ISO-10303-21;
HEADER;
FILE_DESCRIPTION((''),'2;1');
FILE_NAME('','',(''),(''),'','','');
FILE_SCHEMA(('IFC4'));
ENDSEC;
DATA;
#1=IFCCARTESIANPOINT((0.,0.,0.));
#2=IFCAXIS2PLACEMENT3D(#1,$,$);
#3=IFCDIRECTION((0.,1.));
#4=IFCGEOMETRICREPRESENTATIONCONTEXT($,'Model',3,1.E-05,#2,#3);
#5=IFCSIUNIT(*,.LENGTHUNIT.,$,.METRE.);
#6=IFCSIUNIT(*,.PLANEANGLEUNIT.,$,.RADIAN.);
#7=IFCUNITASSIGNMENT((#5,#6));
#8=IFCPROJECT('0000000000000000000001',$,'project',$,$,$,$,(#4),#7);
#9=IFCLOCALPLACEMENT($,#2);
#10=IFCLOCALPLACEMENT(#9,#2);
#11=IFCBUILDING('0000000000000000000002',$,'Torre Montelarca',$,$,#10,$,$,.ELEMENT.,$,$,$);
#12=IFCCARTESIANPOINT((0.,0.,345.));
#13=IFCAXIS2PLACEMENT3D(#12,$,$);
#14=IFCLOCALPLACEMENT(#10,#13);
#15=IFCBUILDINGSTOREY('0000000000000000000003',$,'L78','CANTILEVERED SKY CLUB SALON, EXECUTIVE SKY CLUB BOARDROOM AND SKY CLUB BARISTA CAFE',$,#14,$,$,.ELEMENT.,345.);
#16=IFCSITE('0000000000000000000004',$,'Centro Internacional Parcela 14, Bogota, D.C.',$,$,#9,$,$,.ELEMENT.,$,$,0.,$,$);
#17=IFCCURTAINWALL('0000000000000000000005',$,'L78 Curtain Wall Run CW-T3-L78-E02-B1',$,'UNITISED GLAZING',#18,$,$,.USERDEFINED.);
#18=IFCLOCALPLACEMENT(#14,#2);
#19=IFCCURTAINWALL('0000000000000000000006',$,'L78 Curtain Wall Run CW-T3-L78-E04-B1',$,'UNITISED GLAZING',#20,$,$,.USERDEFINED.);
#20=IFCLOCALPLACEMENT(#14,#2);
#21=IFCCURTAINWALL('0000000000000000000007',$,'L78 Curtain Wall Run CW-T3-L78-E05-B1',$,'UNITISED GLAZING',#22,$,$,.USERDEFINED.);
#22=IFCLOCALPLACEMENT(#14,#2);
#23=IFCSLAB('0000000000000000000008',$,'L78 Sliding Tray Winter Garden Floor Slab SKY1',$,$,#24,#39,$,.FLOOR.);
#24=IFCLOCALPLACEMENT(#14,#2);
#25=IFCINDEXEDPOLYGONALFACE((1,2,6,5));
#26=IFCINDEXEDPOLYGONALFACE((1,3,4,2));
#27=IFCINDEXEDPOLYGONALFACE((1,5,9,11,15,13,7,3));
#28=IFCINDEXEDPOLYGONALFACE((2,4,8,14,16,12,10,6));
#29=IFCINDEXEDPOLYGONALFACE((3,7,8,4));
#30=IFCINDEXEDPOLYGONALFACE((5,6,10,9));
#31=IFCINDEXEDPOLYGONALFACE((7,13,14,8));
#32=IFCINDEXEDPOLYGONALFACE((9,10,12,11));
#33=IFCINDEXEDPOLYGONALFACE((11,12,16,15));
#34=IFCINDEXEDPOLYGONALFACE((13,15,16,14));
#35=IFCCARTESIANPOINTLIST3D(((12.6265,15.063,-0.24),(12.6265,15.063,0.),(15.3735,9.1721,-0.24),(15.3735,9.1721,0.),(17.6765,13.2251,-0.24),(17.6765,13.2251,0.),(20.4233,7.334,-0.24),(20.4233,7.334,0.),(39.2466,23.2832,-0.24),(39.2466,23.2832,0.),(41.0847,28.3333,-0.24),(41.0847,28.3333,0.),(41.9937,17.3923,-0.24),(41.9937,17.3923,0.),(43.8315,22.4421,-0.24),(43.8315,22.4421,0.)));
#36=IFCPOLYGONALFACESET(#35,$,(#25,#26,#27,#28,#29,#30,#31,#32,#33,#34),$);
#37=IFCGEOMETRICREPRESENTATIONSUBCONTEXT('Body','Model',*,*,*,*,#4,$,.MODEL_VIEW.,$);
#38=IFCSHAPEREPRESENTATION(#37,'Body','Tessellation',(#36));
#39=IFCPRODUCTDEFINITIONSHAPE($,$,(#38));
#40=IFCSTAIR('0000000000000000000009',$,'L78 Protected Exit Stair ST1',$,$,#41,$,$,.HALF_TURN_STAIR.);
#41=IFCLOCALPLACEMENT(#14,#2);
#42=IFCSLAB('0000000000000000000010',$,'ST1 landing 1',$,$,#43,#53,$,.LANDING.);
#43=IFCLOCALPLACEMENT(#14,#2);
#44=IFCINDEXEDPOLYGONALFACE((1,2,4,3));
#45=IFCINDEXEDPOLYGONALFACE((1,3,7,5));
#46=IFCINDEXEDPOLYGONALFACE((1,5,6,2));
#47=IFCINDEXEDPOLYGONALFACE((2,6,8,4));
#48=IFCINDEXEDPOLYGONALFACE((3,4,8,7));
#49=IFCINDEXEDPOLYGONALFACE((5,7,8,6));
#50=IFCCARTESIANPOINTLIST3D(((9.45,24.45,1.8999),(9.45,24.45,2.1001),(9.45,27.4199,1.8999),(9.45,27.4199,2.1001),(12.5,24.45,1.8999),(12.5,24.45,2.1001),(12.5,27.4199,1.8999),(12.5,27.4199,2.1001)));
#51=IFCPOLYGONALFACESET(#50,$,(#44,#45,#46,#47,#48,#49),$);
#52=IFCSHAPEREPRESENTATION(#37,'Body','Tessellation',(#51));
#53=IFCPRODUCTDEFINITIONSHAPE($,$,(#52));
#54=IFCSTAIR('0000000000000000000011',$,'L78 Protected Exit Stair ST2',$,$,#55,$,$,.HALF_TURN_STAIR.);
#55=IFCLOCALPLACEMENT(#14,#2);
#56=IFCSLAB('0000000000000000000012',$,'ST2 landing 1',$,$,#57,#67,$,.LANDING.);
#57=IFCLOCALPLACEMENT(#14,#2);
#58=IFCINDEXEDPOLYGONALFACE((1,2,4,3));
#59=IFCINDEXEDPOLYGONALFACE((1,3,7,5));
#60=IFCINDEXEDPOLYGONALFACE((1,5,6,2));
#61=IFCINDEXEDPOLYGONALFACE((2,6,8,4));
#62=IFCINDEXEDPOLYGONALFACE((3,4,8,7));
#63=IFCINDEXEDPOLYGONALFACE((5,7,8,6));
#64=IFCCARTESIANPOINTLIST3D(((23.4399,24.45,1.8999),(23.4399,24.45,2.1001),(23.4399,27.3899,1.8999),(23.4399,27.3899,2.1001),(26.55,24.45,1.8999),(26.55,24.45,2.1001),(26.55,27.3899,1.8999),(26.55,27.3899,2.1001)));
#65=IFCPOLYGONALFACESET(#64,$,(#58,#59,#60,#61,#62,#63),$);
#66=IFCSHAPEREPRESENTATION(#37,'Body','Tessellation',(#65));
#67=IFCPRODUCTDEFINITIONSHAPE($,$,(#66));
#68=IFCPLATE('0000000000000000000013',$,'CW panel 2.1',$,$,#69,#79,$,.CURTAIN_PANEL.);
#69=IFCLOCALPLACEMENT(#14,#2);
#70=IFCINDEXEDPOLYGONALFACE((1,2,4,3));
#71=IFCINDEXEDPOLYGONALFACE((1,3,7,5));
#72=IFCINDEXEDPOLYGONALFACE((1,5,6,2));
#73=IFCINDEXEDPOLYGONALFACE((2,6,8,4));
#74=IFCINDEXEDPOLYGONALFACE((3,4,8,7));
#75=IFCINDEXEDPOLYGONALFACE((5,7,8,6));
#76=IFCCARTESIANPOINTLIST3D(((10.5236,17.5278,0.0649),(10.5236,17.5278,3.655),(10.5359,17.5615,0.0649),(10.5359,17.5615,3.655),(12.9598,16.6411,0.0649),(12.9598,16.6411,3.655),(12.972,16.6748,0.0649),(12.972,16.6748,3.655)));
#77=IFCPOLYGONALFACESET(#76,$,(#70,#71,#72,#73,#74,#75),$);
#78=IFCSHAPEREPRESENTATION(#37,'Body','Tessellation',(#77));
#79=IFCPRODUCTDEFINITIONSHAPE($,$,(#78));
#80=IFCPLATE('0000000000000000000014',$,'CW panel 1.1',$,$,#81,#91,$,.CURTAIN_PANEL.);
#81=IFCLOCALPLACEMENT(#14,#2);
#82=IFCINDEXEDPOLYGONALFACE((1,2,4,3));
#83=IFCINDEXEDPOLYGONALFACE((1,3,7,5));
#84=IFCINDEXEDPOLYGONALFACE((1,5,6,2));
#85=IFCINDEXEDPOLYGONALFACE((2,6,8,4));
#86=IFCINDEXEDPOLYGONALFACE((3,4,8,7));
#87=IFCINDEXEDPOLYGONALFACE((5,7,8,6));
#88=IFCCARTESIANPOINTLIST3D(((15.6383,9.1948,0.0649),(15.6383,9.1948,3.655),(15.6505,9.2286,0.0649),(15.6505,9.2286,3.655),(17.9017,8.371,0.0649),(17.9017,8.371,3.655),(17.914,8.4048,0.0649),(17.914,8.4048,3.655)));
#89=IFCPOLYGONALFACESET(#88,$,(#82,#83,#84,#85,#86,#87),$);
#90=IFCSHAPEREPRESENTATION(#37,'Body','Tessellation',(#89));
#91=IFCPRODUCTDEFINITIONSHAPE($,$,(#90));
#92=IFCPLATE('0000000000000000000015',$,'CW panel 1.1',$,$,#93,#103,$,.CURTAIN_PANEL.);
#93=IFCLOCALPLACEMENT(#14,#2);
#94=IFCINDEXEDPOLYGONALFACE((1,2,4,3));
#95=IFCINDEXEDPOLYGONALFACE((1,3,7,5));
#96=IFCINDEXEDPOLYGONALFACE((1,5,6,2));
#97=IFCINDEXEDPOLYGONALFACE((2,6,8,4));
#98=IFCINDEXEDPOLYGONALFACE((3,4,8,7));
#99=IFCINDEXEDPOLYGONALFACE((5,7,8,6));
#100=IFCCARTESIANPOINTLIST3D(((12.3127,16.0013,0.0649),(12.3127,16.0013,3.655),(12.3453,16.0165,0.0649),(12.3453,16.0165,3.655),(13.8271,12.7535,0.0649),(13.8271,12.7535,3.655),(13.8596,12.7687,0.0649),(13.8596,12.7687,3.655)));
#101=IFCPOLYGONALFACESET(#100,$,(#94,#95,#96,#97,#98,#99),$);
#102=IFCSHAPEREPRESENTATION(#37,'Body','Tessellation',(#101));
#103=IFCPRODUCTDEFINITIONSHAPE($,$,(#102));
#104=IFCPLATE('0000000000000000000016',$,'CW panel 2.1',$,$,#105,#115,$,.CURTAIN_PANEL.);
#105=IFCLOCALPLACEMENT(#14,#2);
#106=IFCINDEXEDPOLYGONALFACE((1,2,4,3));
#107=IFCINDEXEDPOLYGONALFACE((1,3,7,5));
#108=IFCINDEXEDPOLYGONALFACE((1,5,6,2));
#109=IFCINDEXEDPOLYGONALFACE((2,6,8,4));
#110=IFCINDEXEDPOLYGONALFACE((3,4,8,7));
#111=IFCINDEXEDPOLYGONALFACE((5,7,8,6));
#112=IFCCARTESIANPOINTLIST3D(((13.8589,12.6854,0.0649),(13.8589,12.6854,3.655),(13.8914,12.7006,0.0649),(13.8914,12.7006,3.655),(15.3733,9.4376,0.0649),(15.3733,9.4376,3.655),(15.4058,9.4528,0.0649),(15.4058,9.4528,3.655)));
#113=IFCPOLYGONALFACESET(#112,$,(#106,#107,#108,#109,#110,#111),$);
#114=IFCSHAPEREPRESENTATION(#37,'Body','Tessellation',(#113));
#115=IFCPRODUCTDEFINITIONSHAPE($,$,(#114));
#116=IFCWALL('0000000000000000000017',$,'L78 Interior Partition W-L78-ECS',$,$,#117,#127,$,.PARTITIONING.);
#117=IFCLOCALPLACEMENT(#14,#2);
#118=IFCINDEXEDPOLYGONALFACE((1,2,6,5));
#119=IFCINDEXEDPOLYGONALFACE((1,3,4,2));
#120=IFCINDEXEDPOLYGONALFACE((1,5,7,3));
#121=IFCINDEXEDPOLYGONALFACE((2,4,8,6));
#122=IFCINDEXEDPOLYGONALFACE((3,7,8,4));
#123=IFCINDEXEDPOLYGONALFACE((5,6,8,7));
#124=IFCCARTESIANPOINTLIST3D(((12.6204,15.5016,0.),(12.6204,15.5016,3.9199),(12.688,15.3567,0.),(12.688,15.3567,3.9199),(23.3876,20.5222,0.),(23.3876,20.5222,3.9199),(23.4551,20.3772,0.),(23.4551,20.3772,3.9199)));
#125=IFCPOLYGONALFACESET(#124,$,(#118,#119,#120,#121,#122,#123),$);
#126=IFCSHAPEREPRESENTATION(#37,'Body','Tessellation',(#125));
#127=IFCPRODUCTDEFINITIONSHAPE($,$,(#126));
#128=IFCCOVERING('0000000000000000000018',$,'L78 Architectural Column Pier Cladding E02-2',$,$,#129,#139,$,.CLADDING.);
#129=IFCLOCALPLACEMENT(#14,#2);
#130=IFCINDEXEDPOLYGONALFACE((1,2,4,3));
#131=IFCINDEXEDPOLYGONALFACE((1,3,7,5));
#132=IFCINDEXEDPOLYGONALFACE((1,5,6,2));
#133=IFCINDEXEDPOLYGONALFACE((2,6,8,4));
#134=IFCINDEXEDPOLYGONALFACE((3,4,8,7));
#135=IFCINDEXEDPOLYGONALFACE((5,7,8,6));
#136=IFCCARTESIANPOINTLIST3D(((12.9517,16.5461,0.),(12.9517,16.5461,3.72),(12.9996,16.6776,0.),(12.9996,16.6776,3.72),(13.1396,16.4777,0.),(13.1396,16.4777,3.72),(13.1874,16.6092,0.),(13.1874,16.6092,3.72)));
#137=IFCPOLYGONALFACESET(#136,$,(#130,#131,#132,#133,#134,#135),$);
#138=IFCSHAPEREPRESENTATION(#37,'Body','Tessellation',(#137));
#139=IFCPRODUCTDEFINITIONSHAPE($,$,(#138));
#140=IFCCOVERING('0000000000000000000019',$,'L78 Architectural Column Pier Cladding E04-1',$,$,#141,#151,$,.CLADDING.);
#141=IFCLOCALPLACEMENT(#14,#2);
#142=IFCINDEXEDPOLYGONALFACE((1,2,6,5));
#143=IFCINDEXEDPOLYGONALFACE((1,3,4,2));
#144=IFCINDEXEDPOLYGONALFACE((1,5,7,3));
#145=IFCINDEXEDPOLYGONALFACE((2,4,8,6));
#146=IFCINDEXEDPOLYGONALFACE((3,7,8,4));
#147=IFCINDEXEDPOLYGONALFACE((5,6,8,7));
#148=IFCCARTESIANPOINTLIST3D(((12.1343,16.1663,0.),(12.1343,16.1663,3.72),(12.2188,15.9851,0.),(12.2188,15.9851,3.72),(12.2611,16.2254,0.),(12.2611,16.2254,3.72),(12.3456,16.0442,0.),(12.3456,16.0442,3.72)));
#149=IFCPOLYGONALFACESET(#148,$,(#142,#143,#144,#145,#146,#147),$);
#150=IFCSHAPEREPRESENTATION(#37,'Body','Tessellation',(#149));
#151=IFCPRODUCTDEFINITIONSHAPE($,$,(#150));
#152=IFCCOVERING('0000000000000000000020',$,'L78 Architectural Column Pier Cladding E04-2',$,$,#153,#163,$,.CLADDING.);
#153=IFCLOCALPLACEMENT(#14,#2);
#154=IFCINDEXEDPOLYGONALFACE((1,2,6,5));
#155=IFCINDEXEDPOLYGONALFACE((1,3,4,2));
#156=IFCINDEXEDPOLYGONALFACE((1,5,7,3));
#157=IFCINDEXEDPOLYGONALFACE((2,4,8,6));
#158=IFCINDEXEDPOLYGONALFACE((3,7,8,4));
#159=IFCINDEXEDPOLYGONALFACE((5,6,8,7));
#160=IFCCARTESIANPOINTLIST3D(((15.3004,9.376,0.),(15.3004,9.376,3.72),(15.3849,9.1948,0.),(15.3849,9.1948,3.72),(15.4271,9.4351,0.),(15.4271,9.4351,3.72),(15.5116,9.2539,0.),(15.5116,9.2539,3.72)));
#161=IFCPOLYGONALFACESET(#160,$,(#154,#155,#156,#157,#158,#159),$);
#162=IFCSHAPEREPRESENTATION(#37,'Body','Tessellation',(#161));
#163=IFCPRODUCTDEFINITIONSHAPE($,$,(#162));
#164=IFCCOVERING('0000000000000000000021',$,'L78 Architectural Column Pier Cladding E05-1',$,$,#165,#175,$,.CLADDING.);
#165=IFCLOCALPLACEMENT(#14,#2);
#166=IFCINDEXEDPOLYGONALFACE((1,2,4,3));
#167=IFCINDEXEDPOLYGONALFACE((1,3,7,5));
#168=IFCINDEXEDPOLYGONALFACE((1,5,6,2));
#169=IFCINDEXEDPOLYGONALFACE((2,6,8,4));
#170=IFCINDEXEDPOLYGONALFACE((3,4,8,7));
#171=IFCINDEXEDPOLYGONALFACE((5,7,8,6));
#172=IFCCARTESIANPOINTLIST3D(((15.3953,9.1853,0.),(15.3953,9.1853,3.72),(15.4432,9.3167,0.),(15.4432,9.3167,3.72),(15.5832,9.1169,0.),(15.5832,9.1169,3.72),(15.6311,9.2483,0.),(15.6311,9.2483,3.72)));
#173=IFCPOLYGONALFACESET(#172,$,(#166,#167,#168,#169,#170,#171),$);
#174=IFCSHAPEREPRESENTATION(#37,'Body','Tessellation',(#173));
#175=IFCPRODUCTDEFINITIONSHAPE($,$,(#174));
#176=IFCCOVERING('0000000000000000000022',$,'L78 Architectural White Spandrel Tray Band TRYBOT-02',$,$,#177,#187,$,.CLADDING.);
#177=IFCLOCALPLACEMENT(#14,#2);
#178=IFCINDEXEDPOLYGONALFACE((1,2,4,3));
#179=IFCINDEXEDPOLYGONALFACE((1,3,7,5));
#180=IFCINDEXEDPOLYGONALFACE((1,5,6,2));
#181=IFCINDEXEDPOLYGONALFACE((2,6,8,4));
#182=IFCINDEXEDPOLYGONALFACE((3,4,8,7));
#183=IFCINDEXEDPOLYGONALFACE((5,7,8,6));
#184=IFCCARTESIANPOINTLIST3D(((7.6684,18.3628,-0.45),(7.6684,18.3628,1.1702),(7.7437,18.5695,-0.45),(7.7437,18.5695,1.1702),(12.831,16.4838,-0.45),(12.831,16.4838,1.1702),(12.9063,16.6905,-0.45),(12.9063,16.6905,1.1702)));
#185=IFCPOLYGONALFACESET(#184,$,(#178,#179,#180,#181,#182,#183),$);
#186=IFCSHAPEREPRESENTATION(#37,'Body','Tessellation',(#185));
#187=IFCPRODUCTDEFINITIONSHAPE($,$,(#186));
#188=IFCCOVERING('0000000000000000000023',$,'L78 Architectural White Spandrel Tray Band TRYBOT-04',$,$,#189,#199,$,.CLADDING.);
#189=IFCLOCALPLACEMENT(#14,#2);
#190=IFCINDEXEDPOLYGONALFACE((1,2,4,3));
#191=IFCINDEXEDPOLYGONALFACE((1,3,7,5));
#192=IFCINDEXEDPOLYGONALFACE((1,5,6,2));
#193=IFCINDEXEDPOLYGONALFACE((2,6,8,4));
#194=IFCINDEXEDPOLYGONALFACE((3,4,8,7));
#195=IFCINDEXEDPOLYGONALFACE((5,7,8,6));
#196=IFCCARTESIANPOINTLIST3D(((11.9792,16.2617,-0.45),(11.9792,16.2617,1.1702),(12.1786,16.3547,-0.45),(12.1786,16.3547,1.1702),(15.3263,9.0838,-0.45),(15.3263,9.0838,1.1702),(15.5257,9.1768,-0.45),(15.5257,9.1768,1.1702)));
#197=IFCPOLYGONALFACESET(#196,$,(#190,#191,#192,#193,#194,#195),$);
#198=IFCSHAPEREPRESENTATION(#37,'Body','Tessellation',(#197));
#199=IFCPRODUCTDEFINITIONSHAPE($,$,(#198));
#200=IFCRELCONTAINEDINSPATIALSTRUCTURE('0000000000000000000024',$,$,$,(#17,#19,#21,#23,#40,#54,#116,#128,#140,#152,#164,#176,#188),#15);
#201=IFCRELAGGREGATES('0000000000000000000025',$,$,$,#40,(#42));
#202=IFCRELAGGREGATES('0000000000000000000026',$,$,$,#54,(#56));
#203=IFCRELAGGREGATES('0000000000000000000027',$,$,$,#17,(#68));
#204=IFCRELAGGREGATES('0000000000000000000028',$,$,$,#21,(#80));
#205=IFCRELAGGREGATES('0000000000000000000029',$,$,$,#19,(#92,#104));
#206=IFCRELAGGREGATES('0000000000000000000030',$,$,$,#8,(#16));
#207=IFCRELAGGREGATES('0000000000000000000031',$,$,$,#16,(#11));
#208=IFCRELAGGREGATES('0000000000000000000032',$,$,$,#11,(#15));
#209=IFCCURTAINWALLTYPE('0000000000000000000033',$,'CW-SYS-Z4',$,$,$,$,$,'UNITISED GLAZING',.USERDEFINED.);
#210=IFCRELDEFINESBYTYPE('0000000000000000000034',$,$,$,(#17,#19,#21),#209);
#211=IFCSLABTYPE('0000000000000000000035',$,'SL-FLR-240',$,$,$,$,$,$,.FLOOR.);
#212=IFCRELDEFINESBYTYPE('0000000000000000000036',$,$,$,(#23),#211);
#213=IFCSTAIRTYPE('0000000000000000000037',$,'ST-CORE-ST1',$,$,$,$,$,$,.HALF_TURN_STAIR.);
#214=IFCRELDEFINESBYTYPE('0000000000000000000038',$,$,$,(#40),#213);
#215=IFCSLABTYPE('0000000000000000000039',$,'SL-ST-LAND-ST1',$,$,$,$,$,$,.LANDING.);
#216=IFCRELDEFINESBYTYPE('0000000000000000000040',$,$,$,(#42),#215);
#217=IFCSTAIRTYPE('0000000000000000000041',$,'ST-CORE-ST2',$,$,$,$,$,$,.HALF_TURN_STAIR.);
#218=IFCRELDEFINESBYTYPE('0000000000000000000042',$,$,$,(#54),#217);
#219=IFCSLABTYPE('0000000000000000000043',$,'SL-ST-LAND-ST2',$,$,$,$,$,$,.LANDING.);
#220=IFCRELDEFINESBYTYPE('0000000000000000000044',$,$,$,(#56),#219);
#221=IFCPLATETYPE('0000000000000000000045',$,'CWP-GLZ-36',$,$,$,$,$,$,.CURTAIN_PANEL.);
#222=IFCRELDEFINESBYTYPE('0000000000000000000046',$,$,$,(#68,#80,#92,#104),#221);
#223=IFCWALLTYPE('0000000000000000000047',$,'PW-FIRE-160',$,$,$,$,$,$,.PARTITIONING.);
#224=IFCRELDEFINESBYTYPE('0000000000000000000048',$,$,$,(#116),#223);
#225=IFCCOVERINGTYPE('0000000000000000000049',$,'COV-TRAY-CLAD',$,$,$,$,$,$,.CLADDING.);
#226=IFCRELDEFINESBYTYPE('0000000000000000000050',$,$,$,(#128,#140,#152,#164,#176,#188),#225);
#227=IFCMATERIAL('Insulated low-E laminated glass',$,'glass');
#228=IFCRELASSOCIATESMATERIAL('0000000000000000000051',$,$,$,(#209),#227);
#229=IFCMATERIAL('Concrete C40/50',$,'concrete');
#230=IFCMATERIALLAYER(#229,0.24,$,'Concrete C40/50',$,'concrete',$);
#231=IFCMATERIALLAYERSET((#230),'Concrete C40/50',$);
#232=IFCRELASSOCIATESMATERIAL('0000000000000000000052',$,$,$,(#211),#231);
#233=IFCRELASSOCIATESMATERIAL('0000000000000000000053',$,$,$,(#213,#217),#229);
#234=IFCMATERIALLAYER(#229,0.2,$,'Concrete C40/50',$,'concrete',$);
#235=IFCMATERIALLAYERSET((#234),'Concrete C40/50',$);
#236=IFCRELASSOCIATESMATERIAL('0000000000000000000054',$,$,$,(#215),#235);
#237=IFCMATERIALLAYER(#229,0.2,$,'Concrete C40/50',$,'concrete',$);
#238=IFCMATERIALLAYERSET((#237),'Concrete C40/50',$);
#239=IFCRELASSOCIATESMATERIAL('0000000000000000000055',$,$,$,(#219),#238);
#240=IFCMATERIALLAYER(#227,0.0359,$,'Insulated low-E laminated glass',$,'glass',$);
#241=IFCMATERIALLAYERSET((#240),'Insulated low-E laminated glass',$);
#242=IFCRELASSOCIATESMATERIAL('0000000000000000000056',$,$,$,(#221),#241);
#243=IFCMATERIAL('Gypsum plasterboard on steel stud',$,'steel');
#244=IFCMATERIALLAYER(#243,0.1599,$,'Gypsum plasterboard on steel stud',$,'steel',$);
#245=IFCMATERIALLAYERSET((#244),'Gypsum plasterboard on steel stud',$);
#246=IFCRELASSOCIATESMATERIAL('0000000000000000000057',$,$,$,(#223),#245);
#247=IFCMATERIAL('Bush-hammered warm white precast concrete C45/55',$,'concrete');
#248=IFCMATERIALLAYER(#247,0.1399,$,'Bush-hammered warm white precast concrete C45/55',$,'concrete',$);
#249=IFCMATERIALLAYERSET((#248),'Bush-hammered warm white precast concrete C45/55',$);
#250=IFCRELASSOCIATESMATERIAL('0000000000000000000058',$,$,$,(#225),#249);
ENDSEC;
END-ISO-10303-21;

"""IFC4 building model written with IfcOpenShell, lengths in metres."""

from ifc_helpers import new_model, si_unit, direction, frame, frame_2d, origin, origin_2d, place, context, subcontext, project, spatial, polyline, rectangle, outline, extrude, source, transform, mapped, material, layer, layer_set, type_object, element, aggregate, save


model = new_model("IFC4")

# Units and contexts
model_context = context("Model", 3, precision=1e-05, world=origin(), true_north=direction((0.0, 1.0)))
body_context = subcontext(model_context, "Body", "Model", "MODEL_VIEW")
ifc_project = project(units=[si_unit("LENGTHUNIT", "METRE"), si_unit("PLANEANGLEUNIT", "RADIAN")], contexts=[model_context])

# Site, building, storey
site_placement = place(None, origin())
site = spatial("IfcSite", under=ifc_project, at=site_placement, Name="Centro Internacional Parcela 14, Bogota, D.C.", CompositionType="ELEMENT", RefElevation=0.0)
building_placement = place(site_placement, origin())
building = spatial("IfcBuilding", under=site, at=building_placement, Name="Torre Montelarca", CompositionType="ELEMENT")
storey_placement = place(building_placement, frame((0.0, 0.0, 345.0)))
storey = spatial("IfcBuildingStorey", under=building, at=storey_placement, Name="L78", Description="CANTILEVERED SKY CLUB SALON, EXECUTIVE SKY CLUB BOARDROOM AND SKY CLUB BARISTA CAFE", CompositionType="ELEMENT", Elevation=345.0)

# Curtain walls
ifc_material_1 = material(Name="Insulated low-E laminated glass", Category="glass")
curtain_wall_type = type_object("IfcCurtainWallType", Name="CW-SYS-Z4", ElementType="UNITISED GLAZING", PredefinedType="USERDEFINED", material=ifc_material_1)
curtain_wall_1_placement = place(storey_placement, origin())
curtain_wall_1 = element("IfcCurtainWall", 1, at=curtain_wall_1_placement, inside=storey, type_object=curtain_wall_type, Name="L78 Curtain Wall Run CW-T3-L78-E02-B1", ObjectType="UNITISED GLAZING", PredefinedType="USERDEFINED")
curtain_wall_2_placement = place(storey_placement, origin())
curtain_wall_2 = element("IfcCurtainWall", 2, at=curtain_wall_2_placement, inside=storey, type_object=curtain_wall_type, Name="L78 Curtain Wall Run CW-T3-L78-E04-B1", ObjectType="UNITISED GLAZING", PredefinedType="USERDEFINED")

# Curtain wall
curtain_wall_3_placement = place(storey_placement, origin())
curtain_wall_3 = element("IfcCurtainWall", 3, at=curtain_wall_3_placement, inside=storey, type_object=curtain_wall_type, Name="L78 Curtain Wall Run CW-T3-L78-E05-B1", ObjectType="UNITISED GLAZING", PredefinedType="USERDEFINED")

# Slab
ifc_material_2 = material(Name="Concrete C40/50", Category="concrete")
ifc_layer_1 = layer(ifc_material_2, 0.24, Name="Concrete C40/50", Category="concrete")
ifc_layer_set_1 = layer_set([ifc_layer_1], Name="Concrete C40/50")
slab_type_1 = type_object("IfcSlabType", Name="SL-FLR-240", PredefinedType="FLOOR", material=ifc_layer_set_1)
slab_1_placement = place(storey_placement, frame((0.0, 0.0, -0.24)))
element("IfcSlab", 4, at=slab_1_placement, inside=storey, type_object=slab_type_1, Name="L78 Sliding Tray Winter Garden Floor Slab SKY1", PredefinedType="FLOOR", context=body_context, shape_type="SweptSolid", body=[
    extrude(outline(polyline([(41.0847, 28.3333), (39.2466, 23.2832), (17.6765, 13.2251), (12.6265, 15.063), (15.3735, 9.1721), (20.4233, 7.334), (41.9937, 17.3923), (43.8315, 22.4421), (41.0847, 28.3333)])), origin(), (0.0, 0.0, 1.0), 0.24),
])

# Stairs, slabs
stair_type_1 = type_object("IfcStairType", Name="ST-CORE-ST1", PredefinedType="HALF_TURN_STAIR", material=ifc_material_2)
stair_1_placement = place(storey_placement, origin())
stair_1 = element("IfcStair", 5, at=stair_1_placement, inside=storey, type_object=stair_type_1, Name="L78 Protected Exit Stair ST1", PredefinedType="HALF_TURN_STAIR")
ifc_layer_2 = layer(ifc_material_2, 0.2, Name="Concrete C40/50", Category="concrete")
ifc_layer_set_2 = layer_set([ifc_layer_2], Name="Concrete C40/50")
slab_type_2 = type_object("IfcSlabType", Name="SL-ST-LAND-ST1", PredefinedType="LANDING", material=ifc_layer_set_2)
slab_2_placement = place(storey_placement, frame((0.0, 0.0, 1.8999)))
slab_2 = element("IfcSlab", 6, at=slab_2_placement, type_object=slab_type_2, Name="ST1 landing 1", PredefinedType="LANDING", context=body_context, shape_type="SweptSolid", body=[
    extrude(outline(polyline([(9.45, 27.4199), (9.45, 24.45), (12.5, 24.45), (12.5, 27.4199), (9.45, 27.4199)])), origin(), (0.0, 0.0, 1.0), 0.2002),
])
aggregate(stair_1, [slab_2])
stair_type_2 = type_object("IfcStairType", Name="ST-CORE-ST2", PredefinedType="HALF_TURN_STAIR", material=ifc_material_2)
stair_2_placement = place(storey_placement, origin())
stair_2 = element("IfcStair", 7, at=stair_2_placement, inside=storey, type_object=stair_type_2, Name="L78 Protected Exit Stair ST2", PredefinedType="HALF_TURN_STAIR")
ifc_layer_3 = layer(ifc_material_2, 0.2, Name="Concrete C40/50", Category="concrete")
ifc_layer_set_3 = layer_set([ifc_layer_3], Name="Concrete C40/50")
slab_type_3 = type_object("IfcSlabType", Name="SL-ST-LAND-ST2", PredefinedType="LANDING", material=ifc_layer_set_3)
slab_3_placement = place(storey_placement, frame((0.0, 0.0, 1.8999)))
slab_3 = element("IfcSlab", 8, at=slab_3_placement, type_object=slab_type_3, Name="ST2 landing 1", PredefinedType="LANDING", context=body_context, shape_type="SweptSolid", body=[
    extrude(outline(polyline([(23.4399, 27.3899), (23.4399, 24.45), (26.55, 24.45), (26.55, 27.3899), (23.4399, 27.3899)])), origin(), (0.0, 0.0, 1.0), 0.2002),
])
aggregate(stair_2, [slab_3])

# Plates
ifc_layer_4 = layer(ifc_material_1, 0.0359, Name="Insulated low-E laminated glass", Category="glass")
ifc_layer_set_4 = layer_set([ifc_layer_4], Name="Insulated low-E laminated glass")
plate_type = type_object("IfcPlateType", Name="CWP-GLZ-36", PredefinedType="CURTAIN_PANEL", material=ifc_layer_set_4)
shared_shape_1 = source(origin(), body_context, "Body", "SweptSolid", [
    extrude(rectangle(XDim=2.5925, YDim=0.0359, at=origin_2d()), origin(), (0.0, 0.0, 1.0), 3.5901),
])
plate_1_placement = place(storey_placement, frame((11.7478, 17.1013, 0.0649), z_axis=(0.0, 0.0, 1.0), x_axis=(0.939691, -0.342024, 0.0)))
plate_1 = element("IfcPlate", 9, at=plate_1_placement, type_object=plate_type, Name="CW panel 2.1", PredefinedType="CURTAIN_PANEL", context=body_context, shape_type="MappedRepresentation", body=[
    mapped(shared_shape_1, transform((0.0, 0.0, 0.0), scale=1.0)),
])
aggregate(curtain_wall_1, [plate_1])
shared_shape_2 = source(origin(), body_context, "Body", "SweptSolid", [
    extrude(rectangle(XDim=2.4087, YDim=0.0359, at=origin_2d()), origin(), (0.0, 0.0, 1.0), 3.5901),
])
plate_2_placement = place(storey_placement, frame((16.7761, 8.7998, 0.0649), z_axis=(0.0, 0.0, 1.0), x_axis=(0.939694, -0.342015, 0.0)))
plate_2 = element("IfcPlate", 10, at=plate_2_placement, type_object=plate_type, Name="CW panel 1.1", PredefinedType="CURTAIN_PANEL", context=body_context, shape_type="MappedRepresentation", body=[
    mapped(shared_shape_2, transform((0.0, 0.0, 0.0), scale=1.0)),
])
aggregate(curtain_wall_3, [plate_2])
shared_shape_3 = source(origin(), body_context, "Body", "SweptSolid", [
    extrude(rectangle(XDim=3.5835, YDim=0.0359, at=origin_2d()), origin(), (0.0, 0.0, 1.0), 3.5901),
])
plate_3_placement = place(storey_placement, frame((13.0862, 14.385, 0.0649), z_axis=(0.0, 0.0, 1.0), x_axis=(0.422599, -0.906317, 0.0)))
plate_3 = element("IfcPlate", 11, at=plate_3_placement, type_object=plate_type, Name="CW panel 1.1", PredefinedType="CURTAIN_PANEL", context=body_context, shape_type="MappedRepresentation", body=[
    mapped(shared_shape_3, transform((0.0, 0.0, 0.0), scale=1.0)),
])
plate_4_placement = place(storey_placement, frame((14.6323, 11.0691, 0.0649), z_axis=(0.0, 0.0, 1.0), x_axis=(0.422599, -0.906317, 0.0)))
plate_4 = element("IfcPlate", 12, at=plate_4_placement, type_object=plate_type, Name="CW panel 2.1", PredefinedType="CURTAIN_PANEL", context=body_context, shape_type="MappedRepresentation", body=[
    mapped(shared_shape_3, transform((0.0, 0.0, 0.0), scale=1.0)),
])
aggregate(curtain_wall_2, [plate_3, plate_4])

# Wall
ifc_material_3 = material(Name="Gypsum plasterboard on steel stud", Category="steel")
ifc_layer_5 = layer(ifc_material_3, 0.1599, Name="Gypsum plasterboard on steel stud", Category="steel")
ifc_layer_set_5 = layer_set([ifc_layer_5], Name="Gypsum plasterboard on steel stud")
wall_type = type_object("IfcWallType", Name="PW-FIRE-160", PredefinedType="PARTITIONING", material=ifc_layer_set_5)
wall_placement = place(storey_placement, frame((12.6543, 15.4292, 0.0), z_axis=(0.0, 0.0, 1.0), x_axis=(0.906316, 0.4226, 0.0)))
element("IfcWall", 13, at=wall_placement, inside=storey, type_object=wall_type, Name="L78 Interior Partition W-L78-ECS", PredefinedType="PARTITIONING", context=body_context, shape_type="SweptSolid", body=[
    extrude(rectangle(XDim=11.8801, YDim=0.1599, at=frame_2d((5.9399, 0.0))), origin(), (0.0, 0.0, 1.0), 3.9199),
])

# Coverings
ifc_material_4 = material(Name="Bush-hammered warm white precast concrete C45/55", Category="concrete")
ifc_layer_6 = layer(ifc_material_4, 0.1399, Name="Bush-hammered warm white precast concrete C45/55", Category="concrete")
ifc_layer_set_6 = layer_set([ifc_layer_6], Name="Bush-hammered warm white precast concrete C45/55")
covering_type = type_object("IfcCoveringType", Name="COV-TRAY-CLAD", PredefinedType="CLADDING", material=ifc_layer_set_6)
shared_shape_4 = source(origin(), body_context, "Body", "SweptSolid", [
    extrude(rectangle(XDim=0.2, YDim=0.1399, at=origin_2d()), origin(), (0.0, 0.0, 1.0), 3.72),
])
for number, where, z_axis, x_axis, name in (
    (14, (13.0696, 16.5776, 0.0), (0.0, 0.0, 1.0), (0.939693, -0.342019, 0.0), "L78 Architectural Column Pier Cladding E02-2"),
    (15, (12.24, 16.1052, 0.0), (0.0, 0.0, 1.0), (0.42261, -0.906311, 0.0), "L78 Architectural Column Pier Cladding E04-1"),
    (16, (15.406, 9.3149, 0.0), (0.0, 0.0, 1.0), (0.42261, -0.906311, 0.0), "L78 Architectural Column Pier Cladding E04-2"),
    (17, (15.5132, 9.2168, 0.0), (0.0, 0.0, 1.0), (0.939696, -0.34201, 0.0), "L78 Architectural Column Pier Cladding E05-1"),
):
    element("IfcCovering", number, at=place(storey_placement, frame(where, z_axis=z_axis, x_axis=x_axis)), inside=storey, type_object=covering_type, Name=name, PredefinedType="CLADDING", context=body_context, shape_type="MappedRepresentation", body=[
        mapped(shared_shape_4, transform((0.0, 0.0, 0.0), scale=1.0)),
    ])
shared_shape_5 = source(origin(), body_context, "Body", "SweptSolid", [
    extrude(rectangle(XDim=5.4939, YDim=0.22, at=origin_2d()), origin(), (0.0, 0.0, 1.0), 1.6201),
])
covering_1_placement = place(storey_placement, frame((10.2874, 17.5266, -0.45), z_axis=(0.0, 0.0, 1.0), x_axis=(0.939693, -0.342019, 0.0)))
element("IfcCovering", 18, at=covering_1_placement, inside=storey, type_object=covering_type, Name="L78 Architectural White Spandrel Tray Band TRYBOT-02", PredefinedType="CLADDING", context=body_context, shape_type="MappedRepresentation", body=[
    mapped(shared_shape_5, transform((0.0, 0.0, 0.0), scale=1.0)),
])
shared_shape_6 = source(origin(), body_context, "Body", "SweptSolid", [
    extrude(rectangle(XDim=7.9199, YDim=0.22, at=origin_2d()), origin(), (0.0, 0.0, 1.0), 1.6201),
])
covering_2_placement = place(storey_placement, frame((13.7524, 12.7192, -0.45), z_axis=(0.0, 0.0, 1.0), x_axis=(0.422617, -0.906309, 0.0)))
element("IfcCovering", 19, at=covering_2_placement, inside=storey, type_object=covering_type, Name="L78 Architectural White Spandrel Tray Band TRYBOT-04", PredefinedType="CLADDING", context=body_context, shape_type="MappedRepresentation", body=[
    mapped(shared_shape_6, transform((0.0, 0.0, 0.0), scale=1.0)),
])

save(model, "model.ifc")
